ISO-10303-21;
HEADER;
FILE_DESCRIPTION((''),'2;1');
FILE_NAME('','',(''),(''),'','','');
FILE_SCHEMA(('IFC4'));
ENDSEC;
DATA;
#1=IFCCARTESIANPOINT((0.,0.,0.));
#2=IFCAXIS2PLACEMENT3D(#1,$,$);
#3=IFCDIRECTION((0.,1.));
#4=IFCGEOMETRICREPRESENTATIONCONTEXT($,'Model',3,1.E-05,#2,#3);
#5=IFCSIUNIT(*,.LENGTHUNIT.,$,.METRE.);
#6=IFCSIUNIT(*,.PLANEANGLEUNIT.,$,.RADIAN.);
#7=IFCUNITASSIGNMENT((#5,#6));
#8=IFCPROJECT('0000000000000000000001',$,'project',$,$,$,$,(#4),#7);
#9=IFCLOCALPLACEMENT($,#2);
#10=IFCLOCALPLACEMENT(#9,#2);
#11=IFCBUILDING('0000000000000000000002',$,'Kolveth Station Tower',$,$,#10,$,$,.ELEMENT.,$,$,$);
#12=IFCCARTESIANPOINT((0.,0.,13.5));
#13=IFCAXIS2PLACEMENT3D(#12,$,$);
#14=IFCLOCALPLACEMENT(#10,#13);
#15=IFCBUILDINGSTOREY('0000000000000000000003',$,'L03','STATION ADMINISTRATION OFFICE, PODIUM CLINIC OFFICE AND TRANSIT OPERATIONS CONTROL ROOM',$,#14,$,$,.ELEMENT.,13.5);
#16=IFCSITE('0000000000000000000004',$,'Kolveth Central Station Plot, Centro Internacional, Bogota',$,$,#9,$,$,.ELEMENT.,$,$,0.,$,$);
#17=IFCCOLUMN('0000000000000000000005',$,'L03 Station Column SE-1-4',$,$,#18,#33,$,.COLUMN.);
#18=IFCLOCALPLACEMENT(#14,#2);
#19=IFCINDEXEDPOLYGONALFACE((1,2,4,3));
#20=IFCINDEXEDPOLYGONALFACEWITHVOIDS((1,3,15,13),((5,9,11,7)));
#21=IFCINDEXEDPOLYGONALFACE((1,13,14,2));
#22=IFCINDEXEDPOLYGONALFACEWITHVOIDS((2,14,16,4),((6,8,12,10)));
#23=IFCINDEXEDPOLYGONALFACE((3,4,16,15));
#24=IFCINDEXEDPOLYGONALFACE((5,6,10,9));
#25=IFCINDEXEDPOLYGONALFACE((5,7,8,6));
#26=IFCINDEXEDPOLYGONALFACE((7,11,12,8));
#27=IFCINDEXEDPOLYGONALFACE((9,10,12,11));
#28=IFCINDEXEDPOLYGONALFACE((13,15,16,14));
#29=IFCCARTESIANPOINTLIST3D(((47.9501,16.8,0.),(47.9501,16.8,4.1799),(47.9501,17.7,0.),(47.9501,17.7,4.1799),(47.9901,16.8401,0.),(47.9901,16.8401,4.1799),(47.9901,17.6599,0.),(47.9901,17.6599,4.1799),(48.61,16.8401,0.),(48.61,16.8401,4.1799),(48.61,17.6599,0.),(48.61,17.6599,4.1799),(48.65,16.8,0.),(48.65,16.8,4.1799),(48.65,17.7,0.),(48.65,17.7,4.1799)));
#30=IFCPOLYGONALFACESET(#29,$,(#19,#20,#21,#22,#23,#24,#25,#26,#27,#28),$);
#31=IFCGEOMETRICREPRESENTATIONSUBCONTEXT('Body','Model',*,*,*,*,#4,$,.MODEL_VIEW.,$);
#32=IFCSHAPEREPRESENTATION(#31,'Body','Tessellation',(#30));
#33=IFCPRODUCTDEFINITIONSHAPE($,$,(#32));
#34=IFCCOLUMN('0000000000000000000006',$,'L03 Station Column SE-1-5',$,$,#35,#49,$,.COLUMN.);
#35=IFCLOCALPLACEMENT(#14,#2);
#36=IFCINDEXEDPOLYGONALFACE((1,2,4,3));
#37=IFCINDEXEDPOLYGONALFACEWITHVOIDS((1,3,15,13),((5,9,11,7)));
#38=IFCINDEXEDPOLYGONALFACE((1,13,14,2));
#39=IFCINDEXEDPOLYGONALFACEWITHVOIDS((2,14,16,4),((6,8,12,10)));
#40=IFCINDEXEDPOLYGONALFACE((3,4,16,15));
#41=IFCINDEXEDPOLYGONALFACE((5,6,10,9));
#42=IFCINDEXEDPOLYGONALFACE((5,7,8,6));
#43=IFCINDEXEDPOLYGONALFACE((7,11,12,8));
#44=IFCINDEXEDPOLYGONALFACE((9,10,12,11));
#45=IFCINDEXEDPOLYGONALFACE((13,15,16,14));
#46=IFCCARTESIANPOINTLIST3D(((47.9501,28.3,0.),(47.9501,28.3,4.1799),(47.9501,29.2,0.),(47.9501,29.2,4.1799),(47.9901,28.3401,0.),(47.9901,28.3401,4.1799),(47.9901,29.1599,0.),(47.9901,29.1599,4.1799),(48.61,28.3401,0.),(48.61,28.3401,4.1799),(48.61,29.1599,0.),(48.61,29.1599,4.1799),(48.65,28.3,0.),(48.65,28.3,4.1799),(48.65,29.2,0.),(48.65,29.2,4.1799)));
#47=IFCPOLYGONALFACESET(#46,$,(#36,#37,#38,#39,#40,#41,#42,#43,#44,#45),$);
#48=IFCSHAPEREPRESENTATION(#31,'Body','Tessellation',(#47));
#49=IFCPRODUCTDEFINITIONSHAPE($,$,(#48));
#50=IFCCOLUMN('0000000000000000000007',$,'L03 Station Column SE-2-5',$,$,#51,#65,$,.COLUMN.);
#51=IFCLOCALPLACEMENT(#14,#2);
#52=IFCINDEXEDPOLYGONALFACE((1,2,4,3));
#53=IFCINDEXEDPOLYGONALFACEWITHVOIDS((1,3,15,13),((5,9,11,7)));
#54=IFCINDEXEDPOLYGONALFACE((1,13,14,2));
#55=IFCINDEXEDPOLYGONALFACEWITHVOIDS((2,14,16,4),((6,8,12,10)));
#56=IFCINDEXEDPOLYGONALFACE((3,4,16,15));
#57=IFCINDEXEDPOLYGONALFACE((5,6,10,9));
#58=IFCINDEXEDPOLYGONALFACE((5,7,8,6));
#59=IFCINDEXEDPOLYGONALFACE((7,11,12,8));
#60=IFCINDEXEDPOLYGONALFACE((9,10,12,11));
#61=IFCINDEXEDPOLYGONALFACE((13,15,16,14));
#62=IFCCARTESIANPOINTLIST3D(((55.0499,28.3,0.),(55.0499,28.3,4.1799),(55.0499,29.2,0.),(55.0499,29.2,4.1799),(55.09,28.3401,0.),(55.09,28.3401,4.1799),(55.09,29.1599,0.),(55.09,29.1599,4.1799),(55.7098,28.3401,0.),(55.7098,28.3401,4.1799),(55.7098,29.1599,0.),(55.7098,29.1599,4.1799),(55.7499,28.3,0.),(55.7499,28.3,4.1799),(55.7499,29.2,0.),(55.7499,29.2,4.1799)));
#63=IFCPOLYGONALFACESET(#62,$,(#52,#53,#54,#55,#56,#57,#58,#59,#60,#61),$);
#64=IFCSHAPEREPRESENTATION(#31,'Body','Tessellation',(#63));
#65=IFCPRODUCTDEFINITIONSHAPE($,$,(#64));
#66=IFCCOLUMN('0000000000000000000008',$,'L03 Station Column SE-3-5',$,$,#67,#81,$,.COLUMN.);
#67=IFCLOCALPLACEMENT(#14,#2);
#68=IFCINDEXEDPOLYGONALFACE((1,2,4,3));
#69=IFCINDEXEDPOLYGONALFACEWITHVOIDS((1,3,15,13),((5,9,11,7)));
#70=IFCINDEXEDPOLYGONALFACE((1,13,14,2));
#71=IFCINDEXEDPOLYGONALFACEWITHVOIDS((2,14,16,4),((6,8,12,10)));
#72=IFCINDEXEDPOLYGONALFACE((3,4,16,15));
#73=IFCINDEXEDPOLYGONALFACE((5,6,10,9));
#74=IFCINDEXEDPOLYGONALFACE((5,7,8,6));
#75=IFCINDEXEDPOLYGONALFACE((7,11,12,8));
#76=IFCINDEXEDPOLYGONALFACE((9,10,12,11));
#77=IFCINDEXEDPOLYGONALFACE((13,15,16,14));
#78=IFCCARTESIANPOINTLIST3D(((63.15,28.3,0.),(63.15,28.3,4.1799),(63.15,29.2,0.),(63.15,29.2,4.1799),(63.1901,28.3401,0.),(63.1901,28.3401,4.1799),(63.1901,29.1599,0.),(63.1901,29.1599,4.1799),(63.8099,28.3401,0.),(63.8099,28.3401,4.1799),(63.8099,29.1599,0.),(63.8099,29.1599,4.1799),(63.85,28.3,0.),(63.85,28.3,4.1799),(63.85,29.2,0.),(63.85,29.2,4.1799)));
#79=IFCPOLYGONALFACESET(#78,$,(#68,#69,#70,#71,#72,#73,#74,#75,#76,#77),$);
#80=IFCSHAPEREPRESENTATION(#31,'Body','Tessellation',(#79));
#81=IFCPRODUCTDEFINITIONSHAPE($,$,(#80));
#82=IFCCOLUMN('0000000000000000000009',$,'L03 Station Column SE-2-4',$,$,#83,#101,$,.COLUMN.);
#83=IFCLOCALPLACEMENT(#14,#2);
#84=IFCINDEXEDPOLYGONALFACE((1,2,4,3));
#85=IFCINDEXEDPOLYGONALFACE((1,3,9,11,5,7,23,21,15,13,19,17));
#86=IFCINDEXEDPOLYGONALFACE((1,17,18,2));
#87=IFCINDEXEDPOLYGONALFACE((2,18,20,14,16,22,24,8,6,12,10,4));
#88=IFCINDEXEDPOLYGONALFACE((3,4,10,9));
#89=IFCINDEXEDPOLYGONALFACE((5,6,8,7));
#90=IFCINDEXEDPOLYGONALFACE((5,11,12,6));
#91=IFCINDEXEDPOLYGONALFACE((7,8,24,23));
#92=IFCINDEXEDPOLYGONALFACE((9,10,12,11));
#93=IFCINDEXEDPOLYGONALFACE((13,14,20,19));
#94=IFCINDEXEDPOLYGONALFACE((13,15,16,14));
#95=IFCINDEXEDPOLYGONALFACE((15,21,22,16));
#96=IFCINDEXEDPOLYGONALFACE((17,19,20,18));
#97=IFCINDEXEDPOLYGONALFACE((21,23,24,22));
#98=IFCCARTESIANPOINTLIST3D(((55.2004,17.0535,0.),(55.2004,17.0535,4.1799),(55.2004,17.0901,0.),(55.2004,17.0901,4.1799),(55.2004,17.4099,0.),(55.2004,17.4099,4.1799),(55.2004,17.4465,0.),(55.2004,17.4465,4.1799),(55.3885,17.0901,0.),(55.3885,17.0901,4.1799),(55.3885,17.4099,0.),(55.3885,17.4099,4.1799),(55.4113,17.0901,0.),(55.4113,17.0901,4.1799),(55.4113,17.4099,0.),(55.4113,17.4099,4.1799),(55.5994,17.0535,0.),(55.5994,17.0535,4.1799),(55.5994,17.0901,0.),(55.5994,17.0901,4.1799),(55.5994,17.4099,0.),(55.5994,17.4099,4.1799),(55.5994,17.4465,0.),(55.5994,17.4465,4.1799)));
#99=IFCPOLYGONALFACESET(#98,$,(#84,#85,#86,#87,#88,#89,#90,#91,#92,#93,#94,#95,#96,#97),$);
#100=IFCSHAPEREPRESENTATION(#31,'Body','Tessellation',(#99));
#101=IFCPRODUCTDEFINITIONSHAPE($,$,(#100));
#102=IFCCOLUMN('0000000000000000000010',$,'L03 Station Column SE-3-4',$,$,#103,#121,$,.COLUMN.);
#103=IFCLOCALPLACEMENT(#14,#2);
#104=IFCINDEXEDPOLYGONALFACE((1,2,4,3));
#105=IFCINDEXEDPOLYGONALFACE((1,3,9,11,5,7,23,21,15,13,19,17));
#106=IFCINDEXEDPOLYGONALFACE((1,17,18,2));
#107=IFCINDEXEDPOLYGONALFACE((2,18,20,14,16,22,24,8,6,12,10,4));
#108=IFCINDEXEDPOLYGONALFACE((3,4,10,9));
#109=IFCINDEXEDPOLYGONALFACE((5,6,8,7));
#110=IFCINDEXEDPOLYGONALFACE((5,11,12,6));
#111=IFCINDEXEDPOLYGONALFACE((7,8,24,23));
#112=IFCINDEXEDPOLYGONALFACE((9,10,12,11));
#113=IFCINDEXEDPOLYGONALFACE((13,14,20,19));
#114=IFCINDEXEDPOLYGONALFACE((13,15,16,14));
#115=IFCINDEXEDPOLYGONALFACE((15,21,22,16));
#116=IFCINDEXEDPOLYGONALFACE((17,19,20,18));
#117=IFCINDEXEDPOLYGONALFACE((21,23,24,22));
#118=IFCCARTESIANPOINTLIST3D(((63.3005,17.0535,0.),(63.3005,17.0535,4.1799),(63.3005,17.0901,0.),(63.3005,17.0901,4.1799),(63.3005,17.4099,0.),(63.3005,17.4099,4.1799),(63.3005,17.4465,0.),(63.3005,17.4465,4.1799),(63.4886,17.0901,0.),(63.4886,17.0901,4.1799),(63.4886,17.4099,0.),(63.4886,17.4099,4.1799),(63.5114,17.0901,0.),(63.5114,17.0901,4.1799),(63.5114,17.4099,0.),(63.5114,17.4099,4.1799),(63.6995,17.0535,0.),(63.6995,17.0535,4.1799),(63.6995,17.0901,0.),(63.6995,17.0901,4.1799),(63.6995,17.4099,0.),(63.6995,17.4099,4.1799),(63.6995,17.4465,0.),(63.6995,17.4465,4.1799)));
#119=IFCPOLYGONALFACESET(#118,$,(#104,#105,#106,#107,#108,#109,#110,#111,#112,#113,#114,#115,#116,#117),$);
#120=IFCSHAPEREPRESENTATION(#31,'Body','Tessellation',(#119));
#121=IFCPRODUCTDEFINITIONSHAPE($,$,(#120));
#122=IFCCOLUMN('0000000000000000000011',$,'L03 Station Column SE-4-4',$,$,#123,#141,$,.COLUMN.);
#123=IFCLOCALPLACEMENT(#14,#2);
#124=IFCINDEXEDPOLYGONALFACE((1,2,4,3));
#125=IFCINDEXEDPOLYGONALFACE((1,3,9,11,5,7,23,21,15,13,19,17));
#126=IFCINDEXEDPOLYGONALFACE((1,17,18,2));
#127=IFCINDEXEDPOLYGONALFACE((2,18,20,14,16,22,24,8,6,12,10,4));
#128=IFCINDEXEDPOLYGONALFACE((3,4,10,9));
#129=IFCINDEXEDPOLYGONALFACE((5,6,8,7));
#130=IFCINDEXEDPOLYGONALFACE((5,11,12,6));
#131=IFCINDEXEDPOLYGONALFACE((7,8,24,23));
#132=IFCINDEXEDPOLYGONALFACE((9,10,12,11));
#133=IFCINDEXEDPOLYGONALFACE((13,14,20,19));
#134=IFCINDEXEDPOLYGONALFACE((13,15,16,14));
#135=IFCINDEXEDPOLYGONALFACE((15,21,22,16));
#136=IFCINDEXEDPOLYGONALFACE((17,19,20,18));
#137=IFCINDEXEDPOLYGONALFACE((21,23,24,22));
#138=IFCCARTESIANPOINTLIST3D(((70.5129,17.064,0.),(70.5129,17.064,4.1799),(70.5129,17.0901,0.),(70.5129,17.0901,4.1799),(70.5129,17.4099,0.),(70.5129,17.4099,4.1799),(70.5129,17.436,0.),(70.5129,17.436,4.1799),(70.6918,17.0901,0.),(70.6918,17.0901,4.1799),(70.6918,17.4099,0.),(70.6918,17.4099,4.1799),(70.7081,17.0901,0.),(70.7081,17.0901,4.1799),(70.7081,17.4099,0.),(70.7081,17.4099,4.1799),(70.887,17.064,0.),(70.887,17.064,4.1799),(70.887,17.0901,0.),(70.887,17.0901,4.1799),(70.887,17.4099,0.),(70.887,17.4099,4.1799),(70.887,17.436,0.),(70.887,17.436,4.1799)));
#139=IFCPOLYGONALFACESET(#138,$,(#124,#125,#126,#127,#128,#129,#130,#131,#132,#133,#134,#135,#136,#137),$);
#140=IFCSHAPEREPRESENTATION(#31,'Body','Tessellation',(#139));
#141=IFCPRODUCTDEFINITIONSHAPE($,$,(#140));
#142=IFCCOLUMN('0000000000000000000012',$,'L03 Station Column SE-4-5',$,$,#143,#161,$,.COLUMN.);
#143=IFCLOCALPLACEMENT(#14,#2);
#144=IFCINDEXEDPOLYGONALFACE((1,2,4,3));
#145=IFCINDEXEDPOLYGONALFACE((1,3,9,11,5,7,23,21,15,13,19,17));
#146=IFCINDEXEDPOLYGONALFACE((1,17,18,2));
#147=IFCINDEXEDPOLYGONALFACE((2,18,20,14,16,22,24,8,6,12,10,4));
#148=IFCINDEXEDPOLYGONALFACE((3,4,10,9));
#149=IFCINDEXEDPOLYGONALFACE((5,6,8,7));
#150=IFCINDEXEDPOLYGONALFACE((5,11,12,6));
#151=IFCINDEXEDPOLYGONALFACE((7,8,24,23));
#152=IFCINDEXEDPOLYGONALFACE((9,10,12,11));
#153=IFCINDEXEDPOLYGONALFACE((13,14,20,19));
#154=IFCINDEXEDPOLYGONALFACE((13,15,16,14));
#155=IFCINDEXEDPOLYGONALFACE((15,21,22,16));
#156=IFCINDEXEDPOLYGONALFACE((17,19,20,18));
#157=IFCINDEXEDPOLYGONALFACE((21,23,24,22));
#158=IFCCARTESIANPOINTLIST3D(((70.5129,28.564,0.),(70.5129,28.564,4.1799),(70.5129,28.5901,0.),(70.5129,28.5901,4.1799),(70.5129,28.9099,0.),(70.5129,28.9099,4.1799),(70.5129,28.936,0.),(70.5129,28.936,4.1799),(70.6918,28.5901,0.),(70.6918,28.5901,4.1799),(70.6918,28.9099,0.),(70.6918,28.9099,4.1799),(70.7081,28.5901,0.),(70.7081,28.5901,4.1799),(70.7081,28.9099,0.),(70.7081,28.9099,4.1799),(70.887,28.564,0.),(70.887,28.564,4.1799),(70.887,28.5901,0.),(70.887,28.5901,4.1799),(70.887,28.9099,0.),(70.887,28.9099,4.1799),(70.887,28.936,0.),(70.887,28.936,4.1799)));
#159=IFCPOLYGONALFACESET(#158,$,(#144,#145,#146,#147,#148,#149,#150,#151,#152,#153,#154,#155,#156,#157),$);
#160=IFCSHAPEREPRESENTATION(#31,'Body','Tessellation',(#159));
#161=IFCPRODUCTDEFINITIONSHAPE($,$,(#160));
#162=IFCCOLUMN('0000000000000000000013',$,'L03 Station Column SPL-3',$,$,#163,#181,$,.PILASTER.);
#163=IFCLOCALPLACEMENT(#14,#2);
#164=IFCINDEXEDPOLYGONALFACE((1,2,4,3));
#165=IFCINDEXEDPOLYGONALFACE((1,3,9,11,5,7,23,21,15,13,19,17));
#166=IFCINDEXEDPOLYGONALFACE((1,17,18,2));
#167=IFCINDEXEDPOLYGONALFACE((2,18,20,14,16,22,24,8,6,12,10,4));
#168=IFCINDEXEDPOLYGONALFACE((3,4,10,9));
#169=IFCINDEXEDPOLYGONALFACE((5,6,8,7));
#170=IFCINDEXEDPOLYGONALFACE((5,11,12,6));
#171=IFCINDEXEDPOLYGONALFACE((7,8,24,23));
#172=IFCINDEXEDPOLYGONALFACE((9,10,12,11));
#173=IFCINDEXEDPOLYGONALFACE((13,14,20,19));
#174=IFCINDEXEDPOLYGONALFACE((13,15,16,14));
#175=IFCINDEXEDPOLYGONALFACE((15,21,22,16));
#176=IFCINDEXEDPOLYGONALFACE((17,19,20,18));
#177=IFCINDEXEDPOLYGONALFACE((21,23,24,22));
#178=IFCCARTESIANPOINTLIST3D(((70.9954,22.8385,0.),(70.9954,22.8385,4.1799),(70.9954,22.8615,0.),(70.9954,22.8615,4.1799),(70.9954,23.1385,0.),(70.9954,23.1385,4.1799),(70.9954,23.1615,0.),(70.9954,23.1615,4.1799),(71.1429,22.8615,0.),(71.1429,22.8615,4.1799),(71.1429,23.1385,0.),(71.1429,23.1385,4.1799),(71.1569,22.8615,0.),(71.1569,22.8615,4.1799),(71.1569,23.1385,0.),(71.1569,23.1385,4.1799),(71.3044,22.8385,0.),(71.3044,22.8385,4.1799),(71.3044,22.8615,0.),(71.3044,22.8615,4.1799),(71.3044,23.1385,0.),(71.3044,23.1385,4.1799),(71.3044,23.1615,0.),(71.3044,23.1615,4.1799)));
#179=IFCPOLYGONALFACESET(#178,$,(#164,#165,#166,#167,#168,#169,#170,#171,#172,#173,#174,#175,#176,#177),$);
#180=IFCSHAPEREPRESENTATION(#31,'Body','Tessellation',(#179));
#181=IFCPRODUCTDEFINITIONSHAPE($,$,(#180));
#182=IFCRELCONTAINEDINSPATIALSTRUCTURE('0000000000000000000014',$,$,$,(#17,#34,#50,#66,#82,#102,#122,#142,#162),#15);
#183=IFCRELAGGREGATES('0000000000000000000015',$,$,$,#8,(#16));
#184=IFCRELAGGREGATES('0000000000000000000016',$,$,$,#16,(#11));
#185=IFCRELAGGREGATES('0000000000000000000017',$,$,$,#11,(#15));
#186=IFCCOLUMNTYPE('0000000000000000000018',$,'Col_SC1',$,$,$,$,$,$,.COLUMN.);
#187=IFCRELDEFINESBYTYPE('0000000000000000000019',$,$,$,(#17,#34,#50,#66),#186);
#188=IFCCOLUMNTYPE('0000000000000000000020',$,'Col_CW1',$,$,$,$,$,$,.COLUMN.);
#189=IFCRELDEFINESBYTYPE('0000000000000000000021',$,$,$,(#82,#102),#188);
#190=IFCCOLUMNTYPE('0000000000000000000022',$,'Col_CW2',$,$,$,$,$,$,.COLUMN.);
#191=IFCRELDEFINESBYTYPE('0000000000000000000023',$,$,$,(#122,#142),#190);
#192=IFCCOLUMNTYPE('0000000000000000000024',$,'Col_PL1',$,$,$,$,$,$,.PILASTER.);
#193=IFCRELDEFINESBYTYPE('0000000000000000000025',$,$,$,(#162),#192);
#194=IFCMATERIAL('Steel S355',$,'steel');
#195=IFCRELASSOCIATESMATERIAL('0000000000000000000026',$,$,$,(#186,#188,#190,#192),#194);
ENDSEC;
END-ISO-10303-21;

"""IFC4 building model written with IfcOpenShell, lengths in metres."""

from ifc_helpers import new_model, si_unit, direction, frame, origin, origin_2d, place, context, subcontext, project, spatial, hollow_rectangle, i_section, extrude, source, transform, mapped, material, material_profile, profile_set, type_object, element, save


model = new_model("IFC4")

# Units and contexts
model_context = context("Model", 3, precision=1e-05, world=origin(), true_north=direction((0.0, 1.0)))
body_context = subcontext(model_context, "Body", "Model", "MODEL_VIEW")
ifc_project = project(units=[si_unit("LENGTHUNIT", "METRE"), si_unit("PLANEANGLEUNIT", "RADIAN")], contexts=[model_context])

# Site, building, storey
site_placement = place(None, origin())
site = spatial("IfcSite", under=ifc_project, at=site_placement, Name="Kolveth Central Station Plot, Centro Internacional, Bogota", CompositionType="ELEMENT", RefElevation=0.0)
building_placement = place(site_placement, origin())
building = spatial("IfcBuilding", under=site, at=building_placement, Name="Kolveth Station Tower", CompositionType="ELEMENT")
storey_placement = place(building_placement, frame((0.0, 0.0, 13.5)))
storey = spatial("IfcBuildingStorey", under=building, at=storey_placement, Name="L03", Description="STATION ADMINISTRATION OFFICE, PODIUM CLINIC OFFICE AND TRANSIT OPERATIONS CONTROL ROOM", CompositionType="ELEMENT", Elevation=13.5)

# Columns
ifc_material_1 = material(Name="Steel S355", Category="steel")
ifc_material_profile_1 = material_profile(ifc_material_1, hollow_rectangle(XDim=0.7, YDim=0.8999, WallThickness=0.04, at=origin_2d()), Name="BOX900x700x40")
ifc_profile_set_1 = profile_set([ifc_material_profile_1], Name="Steel S355")
column_type_1 = type_object("IfcColumnType", Name="Col_SC1", PredefinedType="COLUMN", material=ifc_profile_set_1)
shared_shape_1 = source(origin(), body_context, "Body", "SweptSolid", [
    extrude(hollow_rectangle(XDim=0.7, YDim=0.8999, WallThickness=0.04, at=origin_2d()), origin(), (0.0, 0.0, 1.0), 4.1799),
])
for number, where, z_axis, x_axis, name in (
    (1, (48.3, 17.25, 0.0), (0.0, 0.0, 1.0), (1.0, 0.0, 0.0), "L03 Station Column SE-1-4"),
    (2, (48.3, 28.75, 0.0), (0.0, 0.0, 1.0), (1.0, 0.0, 0.0), "L03 Station Column SE-1-5"),
    (3, (55.3999, 28.75, 0.0), (0.0, 0.0, 1.0), (1.0, 0.0, 0.0), "L03 Station Column SE-2-5"),
    (4, (63.5, 28.75, 0.0), (0.0, 0.0, 1.0), (1.0, 0.0, 0.0), "L03 Station Column SE-3-5"),
):
    element("IfcColumn", number, at=place(storey_placement, frame(where, z_axis=z_axis, x_axis=x_axis)), inside=storey, type_object=column_type_1, Name=name, PredefinedType="COLUMN", context=body_context, shape_type="MappedRepresentation", body=[
        mapped(shared_shape_1, transform((0.0, 0.0, 0.0), x_axis=(1.0, 0.0, 0.0), y_axis=(0.0, 1.0, 0.0), z_axis=(0.0, 0.0, 1.0), scale=1.0)),
    ])
ifc_material_profile_2 = material_profile(ifc_material_1, i_section(OverallWidth=0.3989, OverallDepth=0.3931, WebThickness=0.0227, FlangeThickness=0.0366, at=origin_2d()), Name="W360x287")
ifc_profile_set_2 = profile_set([ifc_material_profile_2], Name="Steel S355")
column_type_2 = type_object("IfcColumnType", Name="Col_CW1", PredefinedType="COLUMN", material=ifc_profile_set_2)
shared_shape_2 = source(origin(), body_context, "Body", "SweptSolid", [
    extrude(i_section(OverallWidth=0.3989, OverallDepth=0.3931, WebThickness=0.0227, FlangeThickness=0.0366, at=origin_2d()), origin(), (0.0, 0.0, 1.0), 4.1799),
])
for number, where, z_axis, x_axis, name in (
    (5, (55.3999, 17.25, 0.0), (0.0, 0.0, 1.0), (1.0, 0.0, 0.0), "L03 Station Column SE-2-4"),
    (6, (63.5, 17.25, 0.0), (0.0, 0.0, 1.0), (1.0, 0.0, 0.0), "L03 Station Column SE-3-4"),
):
    element("IfcColumn", number, at=place(storey_placement, frame(where, z_axis=z_axis, x_axis=x_axis)), inside=storey, type_object=column_type_2, Name=name, PredefinedType="COLUMN", context=body_context, shape_type="MappedRepresentation", body=[
        mapped(shared_shape_2, transform((0.0, 0.0, 0.0), x_axis=(1.0, 0.0, 0.0), y_axis=(0.0, 1.0, 0.0), z_axis=(0.0, 0.0, 1.0), scale=1.0)),
    ])
ifc_material_profile_3 = material_profile(ifc_material_1, i_section(OverallWidth=0.374, OverallDepth=0.3721, WebThickness=0.0164, FlangeThickness=0.0261, at=origin_2d()), Name="W360x196")
ifc_profile_set_3 = profile_set([ifc_material_profile_3], Name="Steel S355")
column_type_3 = type_object("IfcColumnType", Name="Col_CW2", PredefinedType="COLUMN", material=ifc_profile_set_3)
shared_shape_3 = source(origin(), body_context, "Body", "SweptSolid", [
    extrude(i_section(OverallWidth=0.374, OverallDepth=0.3721, WebThickness=0.0164, FlangeThickness=0.0261, at=origin_2d()), origin(), (0.0, 0.0, 1.0), 4.1799),
])
for number, where, z_axis, x_axis, name in (
    (7, (70.7, 17.25, 0.0), (0.0, 0.0, 1.0), (1.0, 0.0, 0.0), "L03 Station Column SE-4-4"),
    (8, (70.7, 28.75, 0.0), (0.0, 0.0, 1.0), (1.0, 0.0, 0.0), "L03 Station Column SE-4-5"),
):
    element("IfcColumn", number, at=place(storey_placement, frame(where, z_axis=z_axis, x_axis=x_axis)), inside=storey, type_object=column_type_3, Name=name, PredefinedType="COLUMN", context=body_context, shape_type="MappedRepresentation", body=[
        mapped(shared_shape_3, transform((0.0, 0.0, 0.0), x_axis=(1.0, 0.0, 0.0), y_axis=(0.0, 1.0, 0.0), z_axis=(0.0, 0.0, 1.0), scale=1.0)),
    ])
ifc_material_profile_4 = material_profile(ifc_material_1, i_section(OverallWidth=0.3091, OverallDepth=0.323, WebThickness=0.0139, FlangeThickness=0.0229, at=origin_2d()), Name="W310x143")
ifc_profile_set_4 = profile_set([ifc_material_profile_4], Name="Steel S355")
column_type_4 = type_object("IfcColumnType", Name="Col_PL1", PredefinedType="PILASTER", material=ifc_profile_set_4)
shared_shape_4 = source(origin(), body_context, "Body", "SweptSolid", [
    extrude(i_section(OverallWidth=0.3091, OverallDepth=0.323, WebThickness=0.0139, FlangeThickness=0.0229, at=origin_2d()), origin(), (0.0, 0.0, 1.0), 4.1799),
])
column_placement = place(storey_placement, frame((71.1499, 23.0, 0.0), z_axis=(0.0, 0.0, 1.0), x_axis=(1.0, 0.0, 0.0)))
element("IfcColumn", 9, at=column_placement, inside=storey, type_object=column_type_4, Name="L03 Station Column SPL-3", PredefinedType="PILASTER", context=body_context, shape_type="MappedRepresentation", body=[
    mapped(shared_shape_4, transform((0.0, 0.0, 0.0), x_axis=(1.0, 0.0, 0.0), y_axis=(0.0, 1.0, 0.0), z_axis=(0.0, 0.0, 1.0), scale=1.0)),
])

save(model, "model.ifc")
